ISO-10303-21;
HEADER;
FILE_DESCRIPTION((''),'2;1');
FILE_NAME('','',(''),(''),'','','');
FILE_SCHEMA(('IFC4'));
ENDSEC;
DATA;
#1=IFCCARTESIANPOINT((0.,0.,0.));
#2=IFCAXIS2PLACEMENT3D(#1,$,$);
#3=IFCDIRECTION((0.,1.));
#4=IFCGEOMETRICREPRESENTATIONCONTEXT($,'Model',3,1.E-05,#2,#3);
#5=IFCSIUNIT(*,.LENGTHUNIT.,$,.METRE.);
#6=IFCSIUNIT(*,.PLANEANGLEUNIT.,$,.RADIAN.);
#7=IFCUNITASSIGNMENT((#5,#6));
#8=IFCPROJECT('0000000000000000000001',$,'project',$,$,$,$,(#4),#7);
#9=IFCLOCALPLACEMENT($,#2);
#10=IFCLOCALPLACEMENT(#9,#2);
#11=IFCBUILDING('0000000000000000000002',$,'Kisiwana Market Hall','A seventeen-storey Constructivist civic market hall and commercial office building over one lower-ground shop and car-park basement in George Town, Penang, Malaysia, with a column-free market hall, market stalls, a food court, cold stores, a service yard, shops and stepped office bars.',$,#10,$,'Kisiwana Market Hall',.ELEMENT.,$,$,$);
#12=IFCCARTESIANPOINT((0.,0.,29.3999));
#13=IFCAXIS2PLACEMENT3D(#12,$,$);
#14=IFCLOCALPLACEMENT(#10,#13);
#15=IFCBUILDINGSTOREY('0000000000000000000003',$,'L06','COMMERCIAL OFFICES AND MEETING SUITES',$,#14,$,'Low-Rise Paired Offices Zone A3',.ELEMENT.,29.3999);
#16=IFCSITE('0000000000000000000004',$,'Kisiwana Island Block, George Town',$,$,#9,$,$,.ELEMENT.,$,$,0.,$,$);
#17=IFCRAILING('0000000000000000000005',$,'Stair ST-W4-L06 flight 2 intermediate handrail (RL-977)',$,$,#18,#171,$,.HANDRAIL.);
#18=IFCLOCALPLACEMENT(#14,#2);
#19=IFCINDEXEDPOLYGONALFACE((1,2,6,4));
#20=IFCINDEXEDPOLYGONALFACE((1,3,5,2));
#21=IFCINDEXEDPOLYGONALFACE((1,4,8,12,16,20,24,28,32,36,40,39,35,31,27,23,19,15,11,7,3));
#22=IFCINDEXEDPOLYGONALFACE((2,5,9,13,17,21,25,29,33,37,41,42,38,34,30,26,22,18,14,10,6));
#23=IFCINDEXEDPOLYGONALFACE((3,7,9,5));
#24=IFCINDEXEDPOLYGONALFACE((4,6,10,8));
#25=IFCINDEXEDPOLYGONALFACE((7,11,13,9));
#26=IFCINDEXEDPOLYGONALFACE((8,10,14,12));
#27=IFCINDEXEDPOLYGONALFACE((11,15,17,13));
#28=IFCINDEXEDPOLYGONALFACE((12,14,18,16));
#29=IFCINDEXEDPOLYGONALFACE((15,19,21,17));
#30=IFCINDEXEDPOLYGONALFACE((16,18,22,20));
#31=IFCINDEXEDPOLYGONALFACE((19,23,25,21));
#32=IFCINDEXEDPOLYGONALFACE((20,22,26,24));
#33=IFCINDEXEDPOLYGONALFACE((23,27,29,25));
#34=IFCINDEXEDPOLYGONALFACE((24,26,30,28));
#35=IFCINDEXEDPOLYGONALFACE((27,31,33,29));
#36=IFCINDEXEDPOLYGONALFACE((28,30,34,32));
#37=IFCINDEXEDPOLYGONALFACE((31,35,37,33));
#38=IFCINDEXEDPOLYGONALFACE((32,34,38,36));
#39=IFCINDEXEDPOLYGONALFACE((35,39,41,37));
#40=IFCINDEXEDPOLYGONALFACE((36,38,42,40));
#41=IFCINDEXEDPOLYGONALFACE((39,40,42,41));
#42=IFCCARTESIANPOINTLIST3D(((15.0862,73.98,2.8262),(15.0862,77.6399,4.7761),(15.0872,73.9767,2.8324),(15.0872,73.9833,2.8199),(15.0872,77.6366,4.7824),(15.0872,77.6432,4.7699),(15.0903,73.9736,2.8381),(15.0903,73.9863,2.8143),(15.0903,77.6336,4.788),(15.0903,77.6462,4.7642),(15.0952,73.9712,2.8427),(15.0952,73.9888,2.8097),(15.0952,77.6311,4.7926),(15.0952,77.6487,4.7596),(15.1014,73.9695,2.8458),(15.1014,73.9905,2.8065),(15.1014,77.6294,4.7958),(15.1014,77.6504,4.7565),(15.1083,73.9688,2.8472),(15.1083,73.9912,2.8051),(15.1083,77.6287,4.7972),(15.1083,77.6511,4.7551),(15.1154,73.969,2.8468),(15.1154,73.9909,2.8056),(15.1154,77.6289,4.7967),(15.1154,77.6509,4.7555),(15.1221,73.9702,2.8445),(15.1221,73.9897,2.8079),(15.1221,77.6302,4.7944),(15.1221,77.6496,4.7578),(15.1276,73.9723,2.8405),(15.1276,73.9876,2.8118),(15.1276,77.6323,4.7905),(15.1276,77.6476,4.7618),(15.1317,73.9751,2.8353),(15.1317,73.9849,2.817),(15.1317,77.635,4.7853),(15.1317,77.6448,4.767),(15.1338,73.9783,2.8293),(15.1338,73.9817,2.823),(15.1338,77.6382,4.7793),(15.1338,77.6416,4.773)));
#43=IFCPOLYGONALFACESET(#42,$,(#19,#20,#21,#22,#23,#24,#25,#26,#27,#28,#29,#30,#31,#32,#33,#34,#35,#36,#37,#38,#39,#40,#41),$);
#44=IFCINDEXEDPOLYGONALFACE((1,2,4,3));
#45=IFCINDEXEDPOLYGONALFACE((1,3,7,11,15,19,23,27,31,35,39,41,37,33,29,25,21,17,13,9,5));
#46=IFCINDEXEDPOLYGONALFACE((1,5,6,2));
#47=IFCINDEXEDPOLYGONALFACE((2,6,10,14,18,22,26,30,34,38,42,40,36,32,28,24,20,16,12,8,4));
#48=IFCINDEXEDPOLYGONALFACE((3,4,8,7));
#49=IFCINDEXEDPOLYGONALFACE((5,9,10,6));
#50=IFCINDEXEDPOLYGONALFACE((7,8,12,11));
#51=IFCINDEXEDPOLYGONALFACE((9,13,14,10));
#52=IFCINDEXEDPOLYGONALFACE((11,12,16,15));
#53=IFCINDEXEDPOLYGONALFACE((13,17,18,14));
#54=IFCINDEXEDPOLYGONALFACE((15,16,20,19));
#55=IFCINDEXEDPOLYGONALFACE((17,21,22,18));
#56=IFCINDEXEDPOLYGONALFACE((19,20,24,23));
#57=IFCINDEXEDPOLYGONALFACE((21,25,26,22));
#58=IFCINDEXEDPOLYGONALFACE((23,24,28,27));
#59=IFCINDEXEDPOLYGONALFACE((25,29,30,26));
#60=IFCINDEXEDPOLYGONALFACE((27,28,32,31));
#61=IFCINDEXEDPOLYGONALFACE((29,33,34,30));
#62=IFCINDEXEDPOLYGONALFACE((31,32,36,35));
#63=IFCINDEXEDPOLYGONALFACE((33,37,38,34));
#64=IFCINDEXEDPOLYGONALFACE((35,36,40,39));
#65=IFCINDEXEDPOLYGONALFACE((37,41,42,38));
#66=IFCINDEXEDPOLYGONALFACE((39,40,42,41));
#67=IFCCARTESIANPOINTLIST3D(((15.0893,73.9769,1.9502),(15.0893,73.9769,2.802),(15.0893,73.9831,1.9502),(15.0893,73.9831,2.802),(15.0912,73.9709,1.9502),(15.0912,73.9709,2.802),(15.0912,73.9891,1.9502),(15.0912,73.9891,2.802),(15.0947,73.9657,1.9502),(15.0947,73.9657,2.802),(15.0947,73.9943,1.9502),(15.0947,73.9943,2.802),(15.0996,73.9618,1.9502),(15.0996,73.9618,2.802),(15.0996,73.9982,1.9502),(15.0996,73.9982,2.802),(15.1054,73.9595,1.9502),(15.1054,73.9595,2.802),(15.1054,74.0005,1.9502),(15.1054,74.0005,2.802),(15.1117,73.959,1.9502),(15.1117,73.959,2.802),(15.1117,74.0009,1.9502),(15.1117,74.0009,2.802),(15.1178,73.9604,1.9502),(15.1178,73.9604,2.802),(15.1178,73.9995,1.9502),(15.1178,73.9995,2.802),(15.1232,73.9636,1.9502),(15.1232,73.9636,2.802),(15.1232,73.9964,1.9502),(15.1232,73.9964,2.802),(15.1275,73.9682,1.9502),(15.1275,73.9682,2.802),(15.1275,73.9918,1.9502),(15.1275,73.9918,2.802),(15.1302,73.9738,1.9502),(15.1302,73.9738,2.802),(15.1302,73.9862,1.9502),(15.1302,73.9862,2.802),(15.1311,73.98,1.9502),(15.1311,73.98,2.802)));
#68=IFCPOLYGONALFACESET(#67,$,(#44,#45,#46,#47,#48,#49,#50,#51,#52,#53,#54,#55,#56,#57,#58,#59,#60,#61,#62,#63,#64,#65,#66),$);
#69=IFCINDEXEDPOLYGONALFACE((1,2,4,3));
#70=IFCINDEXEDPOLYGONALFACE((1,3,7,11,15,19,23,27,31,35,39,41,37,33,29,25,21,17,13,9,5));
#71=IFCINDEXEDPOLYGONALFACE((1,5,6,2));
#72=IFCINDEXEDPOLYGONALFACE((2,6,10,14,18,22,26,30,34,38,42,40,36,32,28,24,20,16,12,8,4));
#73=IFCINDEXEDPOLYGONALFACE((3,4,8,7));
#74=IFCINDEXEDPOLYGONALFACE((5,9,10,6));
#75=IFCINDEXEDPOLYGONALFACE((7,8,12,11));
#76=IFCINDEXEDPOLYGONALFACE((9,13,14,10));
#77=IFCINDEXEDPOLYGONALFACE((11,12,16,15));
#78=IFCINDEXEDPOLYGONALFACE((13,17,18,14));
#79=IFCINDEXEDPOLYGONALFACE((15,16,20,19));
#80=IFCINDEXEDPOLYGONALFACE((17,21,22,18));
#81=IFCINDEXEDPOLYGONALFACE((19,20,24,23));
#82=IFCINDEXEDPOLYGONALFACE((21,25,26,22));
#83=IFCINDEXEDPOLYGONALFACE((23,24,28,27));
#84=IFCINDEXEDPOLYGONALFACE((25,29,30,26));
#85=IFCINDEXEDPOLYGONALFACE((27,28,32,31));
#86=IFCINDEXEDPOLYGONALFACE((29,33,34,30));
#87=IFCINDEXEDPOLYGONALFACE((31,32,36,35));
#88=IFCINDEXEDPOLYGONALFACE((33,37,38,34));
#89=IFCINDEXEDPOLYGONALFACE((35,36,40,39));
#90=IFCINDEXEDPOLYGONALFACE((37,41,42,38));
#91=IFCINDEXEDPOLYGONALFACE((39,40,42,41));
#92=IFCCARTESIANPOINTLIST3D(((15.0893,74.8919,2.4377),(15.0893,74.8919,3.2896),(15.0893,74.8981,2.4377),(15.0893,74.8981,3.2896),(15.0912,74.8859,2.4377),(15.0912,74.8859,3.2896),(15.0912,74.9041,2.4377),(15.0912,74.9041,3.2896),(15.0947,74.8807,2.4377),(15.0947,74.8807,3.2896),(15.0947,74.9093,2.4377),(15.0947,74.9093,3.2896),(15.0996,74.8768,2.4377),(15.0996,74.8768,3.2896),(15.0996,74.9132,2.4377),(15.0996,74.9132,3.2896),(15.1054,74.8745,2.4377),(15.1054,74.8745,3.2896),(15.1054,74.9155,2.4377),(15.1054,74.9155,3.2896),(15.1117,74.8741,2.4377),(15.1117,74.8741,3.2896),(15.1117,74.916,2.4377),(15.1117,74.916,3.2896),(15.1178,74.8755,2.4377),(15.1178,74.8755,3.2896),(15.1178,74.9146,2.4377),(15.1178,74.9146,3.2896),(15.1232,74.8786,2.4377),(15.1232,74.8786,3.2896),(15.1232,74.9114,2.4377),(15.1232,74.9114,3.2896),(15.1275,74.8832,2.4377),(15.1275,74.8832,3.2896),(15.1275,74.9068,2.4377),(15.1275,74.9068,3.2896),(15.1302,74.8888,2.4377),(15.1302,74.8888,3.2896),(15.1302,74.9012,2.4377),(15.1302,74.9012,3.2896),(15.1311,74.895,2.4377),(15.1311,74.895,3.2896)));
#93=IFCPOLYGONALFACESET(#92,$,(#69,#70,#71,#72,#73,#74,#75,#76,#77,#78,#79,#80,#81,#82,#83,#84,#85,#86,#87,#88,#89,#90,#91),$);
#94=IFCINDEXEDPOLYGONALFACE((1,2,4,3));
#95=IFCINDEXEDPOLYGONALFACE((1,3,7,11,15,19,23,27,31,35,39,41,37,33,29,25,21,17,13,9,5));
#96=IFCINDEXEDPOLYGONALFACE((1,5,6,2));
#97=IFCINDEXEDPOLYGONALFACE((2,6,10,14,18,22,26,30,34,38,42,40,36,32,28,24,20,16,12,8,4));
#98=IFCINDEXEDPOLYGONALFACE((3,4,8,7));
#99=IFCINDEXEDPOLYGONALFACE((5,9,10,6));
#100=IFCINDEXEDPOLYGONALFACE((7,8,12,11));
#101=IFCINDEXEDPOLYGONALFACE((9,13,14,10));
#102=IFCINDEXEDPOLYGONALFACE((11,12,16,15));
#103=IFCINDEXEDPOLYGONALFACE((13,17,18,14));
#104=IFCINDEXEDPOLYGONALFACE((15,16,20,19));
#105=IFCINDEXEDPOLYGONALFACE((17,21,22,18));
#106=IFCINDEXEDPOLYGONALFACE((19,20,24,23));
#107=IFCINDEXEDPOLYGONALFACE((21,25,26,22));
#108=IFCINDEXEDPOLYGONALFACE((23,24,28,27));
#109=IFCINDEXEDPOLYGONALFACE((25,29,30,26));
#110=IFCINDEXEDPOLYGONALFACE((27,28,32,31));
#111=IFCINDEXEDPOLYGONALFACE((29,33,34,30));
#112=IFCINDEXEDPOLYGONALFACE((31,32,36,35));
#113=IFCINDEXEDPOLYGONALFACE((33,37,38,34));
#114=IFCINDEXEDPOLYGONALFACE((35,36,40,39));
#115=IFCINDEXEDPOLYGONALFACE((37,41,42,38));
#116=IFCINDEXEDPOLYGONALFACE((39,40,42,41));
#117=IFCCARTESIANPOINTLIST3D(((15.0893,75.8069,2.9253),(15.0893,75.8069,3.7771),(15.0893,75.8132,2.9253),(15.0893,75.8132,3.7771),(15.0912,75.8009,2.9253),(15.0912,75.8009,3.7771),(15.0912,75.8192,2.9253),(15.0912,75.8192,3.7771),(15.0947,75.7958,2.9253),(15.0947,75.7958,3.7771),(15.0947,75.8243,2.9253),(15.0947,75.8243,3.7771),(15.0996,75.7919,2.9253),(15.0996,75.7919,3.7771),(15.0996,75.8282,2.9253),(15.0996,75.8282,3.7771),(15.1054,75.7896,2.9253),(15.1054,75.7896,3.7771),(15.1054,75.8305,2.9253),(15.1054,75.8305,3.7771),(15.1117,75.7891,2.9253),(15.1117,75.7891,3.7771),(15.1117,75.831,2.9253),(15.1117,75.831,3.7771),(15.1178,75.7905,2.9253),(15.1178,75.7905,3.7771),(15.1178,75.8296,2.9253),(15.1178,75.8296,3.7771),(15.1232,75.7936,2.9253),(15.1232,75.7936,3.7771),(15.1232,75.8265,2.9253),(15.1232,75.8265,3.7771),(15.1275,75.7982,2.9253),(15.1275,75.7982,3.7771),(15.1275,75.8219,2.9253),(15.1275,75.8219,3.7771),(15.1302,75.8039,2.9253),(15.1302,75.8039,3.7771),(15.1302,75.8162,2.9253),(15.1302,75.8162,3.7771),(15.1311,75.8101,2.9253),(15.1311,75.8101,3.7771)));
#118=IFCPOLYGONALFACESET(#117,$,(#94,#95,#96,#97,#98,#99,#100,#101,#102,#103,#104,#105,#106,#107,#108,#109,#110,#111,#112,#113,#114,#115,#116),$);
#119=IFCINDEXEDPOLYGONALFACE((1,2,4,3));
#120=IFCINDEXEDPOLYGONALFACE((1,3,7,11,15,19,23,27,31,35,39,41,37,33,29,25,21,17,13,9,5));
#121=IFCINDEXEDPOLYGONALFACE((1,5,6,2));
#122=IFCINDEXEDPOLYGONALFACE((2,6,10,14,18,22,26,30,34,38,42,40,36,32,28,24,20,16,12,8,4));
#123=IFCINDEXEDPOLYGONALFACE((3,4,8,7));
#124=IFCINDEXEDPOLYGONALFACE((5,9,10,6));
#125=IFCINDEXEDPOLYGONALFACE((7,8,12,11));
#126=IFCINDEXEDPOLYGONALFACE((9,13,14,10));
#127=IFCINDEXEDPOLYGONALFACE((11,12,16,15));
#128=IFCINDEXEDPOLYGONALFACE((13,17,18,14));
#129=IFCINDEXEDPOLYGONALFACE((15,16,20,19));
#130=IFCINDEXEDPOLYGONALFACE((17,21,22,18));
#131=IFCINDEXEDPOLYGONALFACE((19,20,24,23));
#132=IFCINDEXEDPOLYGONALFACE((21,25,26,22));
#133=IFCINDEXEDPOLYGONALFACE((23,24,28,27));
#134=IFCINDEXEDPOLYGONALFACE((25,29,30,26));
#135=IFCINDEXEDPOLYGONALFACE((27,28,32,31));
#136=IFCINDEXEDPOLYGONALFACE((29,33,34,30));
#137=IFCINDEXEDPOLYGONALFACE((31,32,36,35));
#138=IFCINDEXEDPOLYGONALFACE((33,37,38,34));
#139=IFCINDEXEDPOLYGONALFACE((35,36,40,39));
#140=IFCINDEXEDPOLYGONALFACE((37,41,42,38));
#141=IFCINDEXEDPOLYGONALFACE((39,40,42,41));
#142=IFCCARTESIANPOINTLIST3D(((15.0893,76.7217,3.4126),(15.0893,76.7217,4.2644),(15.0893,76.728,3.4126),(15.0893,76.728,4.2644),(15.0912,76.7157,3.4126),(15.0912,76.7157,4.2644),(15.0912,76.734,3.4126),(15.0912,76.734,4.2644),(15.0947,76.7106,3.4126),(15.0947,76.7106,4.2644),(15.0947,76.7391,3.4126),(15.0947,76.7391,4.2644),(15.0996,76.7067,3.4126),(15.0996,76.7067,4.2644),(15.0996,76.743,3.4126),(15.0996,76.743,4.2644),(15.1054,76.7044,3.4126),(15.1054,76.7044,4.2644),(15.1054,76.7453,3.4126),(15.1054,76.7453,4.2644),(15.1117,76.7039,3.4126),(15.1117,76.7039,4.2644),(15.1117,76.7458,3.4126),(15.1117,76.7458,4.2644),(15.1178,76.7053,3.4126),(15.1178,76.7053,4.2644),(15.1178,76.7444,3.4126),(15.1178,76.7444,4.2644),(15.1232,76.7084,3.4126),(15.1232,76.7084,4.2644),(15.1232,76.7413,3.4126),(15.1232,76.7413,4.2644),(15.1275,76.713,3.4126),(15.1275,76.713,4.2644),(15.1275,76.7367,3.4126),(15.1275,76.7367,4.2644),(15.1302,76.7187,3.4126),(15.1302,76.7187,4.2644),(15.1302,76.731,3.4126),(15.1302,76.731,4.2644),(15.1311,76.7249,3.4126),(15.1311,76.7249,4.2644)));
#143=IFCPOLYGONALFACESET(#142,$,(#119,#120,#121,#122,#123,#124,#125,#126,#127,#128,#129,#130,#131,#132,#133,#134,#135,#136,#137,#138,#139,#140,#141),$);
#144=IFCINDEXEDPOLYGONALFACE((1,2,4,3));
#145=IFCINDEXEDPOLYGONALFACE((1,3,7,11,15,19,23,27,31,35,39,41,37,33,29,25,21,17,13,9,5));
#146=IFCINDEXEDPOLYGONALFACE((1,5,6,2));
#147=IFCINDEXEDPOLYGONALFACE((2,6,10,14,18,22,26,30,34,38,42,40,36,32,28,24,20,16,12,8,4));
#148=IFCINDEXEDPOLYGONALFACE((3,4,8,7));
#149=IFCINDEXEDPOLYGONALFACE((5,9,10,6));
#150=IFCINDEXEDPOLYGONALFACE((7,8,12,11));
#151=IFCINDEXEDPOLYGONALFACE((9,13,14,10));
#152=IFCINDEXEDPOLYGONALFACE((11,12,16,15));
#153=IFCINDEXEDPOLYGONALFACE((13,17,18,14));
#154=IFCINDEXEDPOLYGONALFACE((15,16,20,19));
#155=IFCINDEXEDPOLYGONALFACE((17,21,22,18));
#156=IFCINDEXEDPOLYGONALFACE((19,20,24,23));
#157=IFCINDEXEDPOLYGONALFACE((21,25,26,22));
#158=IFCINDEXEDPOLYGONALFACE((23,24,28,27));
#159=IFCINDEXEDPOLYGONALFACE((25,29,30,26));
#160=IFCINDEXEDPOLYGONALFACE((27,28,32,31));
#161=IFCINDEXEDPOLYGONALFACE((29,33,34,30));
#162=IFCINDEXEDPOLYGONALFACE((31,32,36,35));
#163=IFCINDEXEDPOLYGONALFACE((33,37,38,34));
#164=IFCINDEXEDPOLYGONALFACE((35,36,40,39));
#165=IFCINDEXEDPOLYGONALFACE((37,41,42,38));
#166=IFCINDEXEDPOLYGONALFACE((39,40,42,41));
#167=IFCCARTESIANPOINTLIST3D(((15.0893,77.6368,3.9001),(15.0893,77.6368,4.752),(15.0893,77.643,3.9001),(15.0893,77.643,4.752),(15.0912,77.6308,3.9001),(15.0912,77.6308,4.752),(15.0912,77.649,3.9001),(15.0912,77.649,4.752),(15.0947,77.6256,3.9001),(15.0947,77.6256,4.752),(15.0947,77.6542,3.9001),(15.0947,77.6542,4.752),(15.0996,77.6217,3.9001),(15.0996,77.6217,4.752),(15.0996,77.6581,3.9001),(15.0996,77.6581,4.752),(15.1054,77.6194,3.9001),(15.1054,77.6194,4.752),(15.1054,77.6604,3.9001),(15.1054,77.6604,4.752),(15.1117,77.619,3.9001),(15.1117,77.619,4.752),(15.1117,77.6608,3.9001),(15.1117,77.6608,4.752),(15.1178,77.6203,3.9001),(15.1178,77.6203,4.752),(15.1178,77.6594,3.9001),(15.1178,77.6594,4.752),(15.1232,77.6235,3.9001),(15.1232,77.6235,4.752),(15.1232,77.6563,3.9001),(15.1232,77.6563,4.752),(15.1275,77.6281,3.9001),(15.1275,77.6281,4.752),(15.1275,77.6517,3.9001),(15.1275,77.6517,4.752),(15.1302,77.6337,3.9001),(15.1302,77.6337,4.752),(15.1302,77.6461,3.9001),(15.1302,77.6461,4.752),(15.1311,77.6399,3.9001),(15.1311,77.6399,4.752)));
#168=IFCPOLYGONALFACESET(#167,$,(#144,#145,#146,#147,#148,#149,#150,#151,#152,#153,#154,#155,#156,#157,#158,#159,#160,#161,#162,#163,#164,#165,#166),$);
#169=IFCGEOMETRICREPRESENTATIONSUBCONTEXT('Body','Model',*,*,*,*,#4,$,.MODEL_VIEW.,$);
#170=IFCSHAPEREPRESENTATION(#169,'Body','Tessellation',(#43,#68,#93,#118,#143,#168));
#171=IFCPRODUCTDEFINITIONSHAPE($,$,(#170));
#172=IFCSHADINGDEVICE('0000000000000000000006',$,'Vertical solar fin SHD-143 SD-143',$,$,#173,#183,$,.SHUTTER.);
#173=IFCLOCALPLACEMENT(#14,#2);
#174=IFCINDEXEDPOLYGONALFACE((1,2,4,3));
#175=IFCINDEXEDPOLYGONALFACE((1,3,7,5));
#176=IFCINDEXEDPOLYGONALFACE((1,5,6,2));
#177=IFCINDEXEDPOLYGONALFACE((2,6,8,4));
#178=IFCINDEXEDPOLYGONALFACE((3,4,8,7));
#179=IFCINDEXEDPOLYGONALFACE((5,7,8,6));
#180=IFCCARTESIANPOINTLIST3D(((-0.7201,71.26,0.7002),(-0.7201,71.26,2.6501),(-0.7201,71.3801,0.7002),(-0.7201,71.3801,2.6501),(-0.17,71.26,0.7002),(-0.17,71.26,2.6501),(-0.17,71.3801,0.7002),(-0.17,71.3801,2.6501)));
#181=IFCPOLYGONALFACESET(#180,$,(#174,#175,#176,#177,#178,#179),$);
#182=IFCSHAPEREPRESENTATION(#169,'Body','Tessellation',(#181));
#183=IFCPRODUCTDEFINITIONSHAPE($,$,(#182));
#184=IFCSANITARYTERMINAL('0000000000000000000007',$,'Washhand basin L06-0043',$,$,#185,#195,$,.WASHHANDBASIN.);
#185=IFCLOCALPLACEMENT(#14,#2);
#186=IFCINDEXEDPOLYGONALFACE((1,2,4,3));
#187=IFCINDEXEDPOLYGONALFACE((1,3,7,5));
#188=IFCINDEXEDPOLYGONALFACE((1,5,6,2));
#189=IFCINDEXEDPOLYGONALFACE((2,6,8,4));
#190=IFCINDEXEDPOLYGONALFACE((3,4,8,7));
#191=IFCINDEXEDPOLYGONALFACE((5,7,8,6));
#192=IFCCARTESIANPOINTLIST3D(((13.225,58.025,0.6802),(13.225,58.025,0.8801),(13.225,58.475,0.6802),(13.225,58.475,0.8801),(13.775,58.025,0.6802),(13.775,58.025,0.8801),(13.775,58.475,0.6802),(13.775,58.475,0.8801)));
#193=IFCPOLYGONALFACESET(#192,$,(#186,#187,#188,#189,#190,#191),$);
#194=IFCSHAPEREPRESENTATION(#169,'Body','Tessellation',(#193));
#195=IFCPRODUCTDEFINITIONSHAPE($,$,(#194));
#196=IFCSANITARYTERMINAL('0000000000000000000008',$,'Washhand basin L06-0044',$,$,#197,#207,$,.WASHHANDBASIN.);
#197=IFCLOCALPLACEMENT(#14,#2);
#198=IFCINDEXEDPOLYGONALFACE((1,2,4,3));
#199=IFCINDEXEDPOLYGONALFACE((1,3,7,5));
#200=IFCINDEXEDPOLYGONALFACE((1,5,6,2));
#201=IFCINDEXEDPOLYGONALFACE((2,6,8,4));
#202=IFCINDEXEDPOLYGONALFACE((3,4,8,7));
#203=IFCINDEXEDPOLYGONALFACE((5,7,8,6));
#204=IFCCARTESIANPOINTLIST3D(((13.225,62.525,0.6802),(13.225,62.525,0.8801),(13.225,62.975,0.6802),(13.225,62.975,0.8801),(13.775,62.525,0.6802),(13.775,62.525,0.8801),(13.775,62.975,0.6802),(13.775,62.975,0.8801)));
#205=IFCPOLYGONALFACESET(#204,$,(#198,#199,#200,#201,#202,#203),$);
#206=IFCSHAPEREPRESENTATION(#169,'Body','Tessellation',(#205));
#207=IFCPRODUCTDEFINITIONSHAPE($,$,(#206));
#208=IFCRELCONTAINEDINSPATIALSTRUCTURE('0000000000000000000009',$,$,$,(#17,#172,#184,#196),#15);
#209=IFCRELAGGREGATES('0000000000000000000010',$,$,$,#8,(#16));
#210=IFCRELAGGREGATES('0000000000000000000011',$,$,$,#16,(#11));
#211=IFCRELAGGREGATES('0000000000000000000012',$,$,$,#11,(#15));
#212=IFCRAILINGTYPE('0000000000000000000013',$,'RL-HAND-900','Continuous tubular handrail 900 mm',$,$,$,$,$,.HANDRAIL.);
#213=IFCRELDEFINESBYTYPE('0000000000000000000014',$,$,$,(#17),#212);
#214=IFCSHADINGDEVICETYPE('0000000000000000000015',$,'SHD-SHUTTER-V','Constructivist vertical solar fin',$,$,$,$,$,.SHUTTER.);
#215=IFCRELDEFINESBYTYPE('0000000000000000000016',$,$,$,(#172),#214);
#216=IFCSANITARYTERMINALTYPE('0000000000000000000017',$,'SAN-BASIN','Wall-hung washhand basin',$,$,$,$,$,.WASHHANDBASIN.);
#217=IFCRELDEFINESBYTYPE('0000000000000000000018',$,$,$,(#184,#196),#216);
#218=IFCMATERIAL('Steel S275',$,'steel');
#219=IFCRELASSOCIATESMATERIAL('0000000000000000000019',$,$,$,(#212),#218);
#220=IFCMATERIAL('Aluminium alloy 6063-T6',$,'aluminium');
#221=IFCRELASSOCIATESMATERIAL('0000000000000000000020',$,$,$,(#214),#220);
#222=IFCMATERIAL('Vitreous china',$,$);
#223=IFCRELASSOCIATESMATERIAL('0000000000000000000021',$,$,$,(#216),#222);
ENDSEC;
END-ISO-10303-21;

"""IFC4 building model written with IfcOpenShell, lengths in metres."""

from ifc_helpers import new_model, si_unit, direction, frame, origin, origin_2d, place, context, subcontext, project, spatial, rectangle, circle, extrude, material, type_object, element, save


model = new_model("IFC4")

# Units and contexts
model_context = context("Model", 3, precision=1e-05, world=origin(), true_north=direction((0.0, 1.0)))
body_context = subcontext(model_context, "Body", "Model", "MODEL_VIEW")
ifc_project = project(units=[si_unit("LENGTHUNIT", "METRE"), si_unit("PLANEANGLEUNIT", "RADIAN")], contexts=[model_context])

# Site, building, storey
site_placement = place(None, origin())
site = spatial("IfcSite", under=ifc_project, at=site_placement, Name="Kisiwana Island Block, George Town", CompositionType="ELEMENT", RefElevation=0.0)
building_placement = place(site_placement, origin())
building = spatial("IfcBuilding", under=site, at=building_placement, Name="Kisiwana Market Hall", Description="A seventeen-storey Constructivist civic market hall and commercial office building over one lower-ground shop and car-park basement in George Town, Penang, Malaysia, with a column-free market hall, market stalls, a food court, cold stores, a service yard, shops and stepped office bars.", LongName="Kisiwana Market Hall", CompositionType="ELEMENT")
storey_placement = place(building_placement, frame((0.0, 0.0, 29.3999)))
storey = spatial("IfcBuildingStorey", under=building, at=storey_placement, Name="L06", Description="COMMERCIAL OFFICES AND MEETING SUITES", LongName="Low-Rise Paired Offices Zone A3", CompositionType="ELEMENT", Elevation=29.3999)

# Railing
ifc_material_1 = material(Name="Steel S275", Category="steel")
railing_type_1 = type_object("IfcRailingType", Name="RL-HAND-900", Description="Continuous tubular handrail 900 mm", PredefinedType="HANDRAIL", material=ifc_material_1)
railing_1_placement = place(storey_placement, frame((15.1101, 73.98, 1.9502)))
element("IfcRailing", 1, at=railing_1_placement, inside=storey, type_object=railing_type_1, Name="Stair ST-W4-L06 flight 2 intermediate handrail (RL-977)", PredefinedType="HANDRAIL", context=body_context, shape_type="SweptSolid", body=[
    extrude(circle(Radius=0.0239, at=origin_2d()), frame((0.0, 0.0, 0.876), z_axis=(0.0, 0.882553, 0.470212), x_axis=(-1.0, 0.0, 0.0)), (0.0, 0.0, 1.0), 4.147),
    extrude(circle(Radius=0.021, at=origin_2d()), origin(), (0.0, 0.0, 1.0), 0.8518),
    extrude(circle(Radius=0.021, at=origin_2d()), frame((0.0, 0.915, 0.4875)), (0.0, 0.0, 1.0), 0.8518),
    extrude(circle(Radius=0.021, at=origin_2d()), frame((0.0, 1.8301, 0.9751)), (0.0, 0.0, 1.0), 0.8518),
    extrude(circle(Radius=0.021, at=origin_2d()), frame((0.0, 2.7449, 1.4624)), (0.0, 0.0, 1.0), 0.8518),
    extrude(circle(Radius=0.021, at=origin_2d()), frame((0.0, 3.6599, 1.95)), (0.0, 0.0, 1.0), 0.8518),
])

# Shading device
ifc_material_2 = material(Name="Aluminium alloy 6063-T6", Category="aluminium")
shading_device_type = type_object("IfcShadingDeviceType", Name="SHD-SHUTTER-V", Description="Constructivist vertical solar fin", PredefinedType="SHUTTER", material=ifc_material_2)
shading_device_placement = place(storey_placement, frame((-0.4451, 71.3201, 0.7002), z_axis=(0.0, 0.0, 1.0), x_axis=(0.0, 1.0, 0.0)))
element("IfcShadingDevice", 2, at=shading_device_placement, inside=storey, type_object=shading_device_type, Name="Vertical solar fin SHD-143 SD-143", PredefinedType="SHUTTER", context=body_context, shape_type="SweptSolid", body=[
    extrude(rectangle(XDim=0.1201, YDim=0.55, at=origin_2d()), origin(), (0.0, 0.0, 1.0), 1.95),
])

# Sanitary terminals
ifc_material_3 = material(Name="Vitreous china")
sanitary_terminal_type_1 = type_object("IfcSanitaryTerminalType", Name="SAN-BASIN", Description="Wall-hung washhand basin", PredefinedType="WASHHANDBASIN", material=ifc_material_3)
for number, where, z_axis, x_axis, name in (
    (3, (13.5, 58.25, 0.6802), (0.0, 0.0, 1.0), (1.0, 0.0, 0.0), "Washhand basin L06-0043"),
    (4, (13.5, 62.75, 0.6802), (0.0, 0.0, 1.0), (1.0, 0.0, 0.0), "Washhand basin L06-0044"),
):
    element("IfcSanitaryTerminal", number, at=place(storey_placement, frame(where, z_axis=z_axis, x_axis=x_axis)), inside=storey, type_object=sanitary_terminal_type_1, Name=name, PredefinedType="WASHHANDBASIN", context=body_context, shape_type="SweptSolid", body=[
        extrude(rectangle(XDim=0.55, YDim=0.45, at=origin_2d()), origin(), (0.0, 0.0, 1.0), 0.2),
    ])

save(model, "model.ifc")
